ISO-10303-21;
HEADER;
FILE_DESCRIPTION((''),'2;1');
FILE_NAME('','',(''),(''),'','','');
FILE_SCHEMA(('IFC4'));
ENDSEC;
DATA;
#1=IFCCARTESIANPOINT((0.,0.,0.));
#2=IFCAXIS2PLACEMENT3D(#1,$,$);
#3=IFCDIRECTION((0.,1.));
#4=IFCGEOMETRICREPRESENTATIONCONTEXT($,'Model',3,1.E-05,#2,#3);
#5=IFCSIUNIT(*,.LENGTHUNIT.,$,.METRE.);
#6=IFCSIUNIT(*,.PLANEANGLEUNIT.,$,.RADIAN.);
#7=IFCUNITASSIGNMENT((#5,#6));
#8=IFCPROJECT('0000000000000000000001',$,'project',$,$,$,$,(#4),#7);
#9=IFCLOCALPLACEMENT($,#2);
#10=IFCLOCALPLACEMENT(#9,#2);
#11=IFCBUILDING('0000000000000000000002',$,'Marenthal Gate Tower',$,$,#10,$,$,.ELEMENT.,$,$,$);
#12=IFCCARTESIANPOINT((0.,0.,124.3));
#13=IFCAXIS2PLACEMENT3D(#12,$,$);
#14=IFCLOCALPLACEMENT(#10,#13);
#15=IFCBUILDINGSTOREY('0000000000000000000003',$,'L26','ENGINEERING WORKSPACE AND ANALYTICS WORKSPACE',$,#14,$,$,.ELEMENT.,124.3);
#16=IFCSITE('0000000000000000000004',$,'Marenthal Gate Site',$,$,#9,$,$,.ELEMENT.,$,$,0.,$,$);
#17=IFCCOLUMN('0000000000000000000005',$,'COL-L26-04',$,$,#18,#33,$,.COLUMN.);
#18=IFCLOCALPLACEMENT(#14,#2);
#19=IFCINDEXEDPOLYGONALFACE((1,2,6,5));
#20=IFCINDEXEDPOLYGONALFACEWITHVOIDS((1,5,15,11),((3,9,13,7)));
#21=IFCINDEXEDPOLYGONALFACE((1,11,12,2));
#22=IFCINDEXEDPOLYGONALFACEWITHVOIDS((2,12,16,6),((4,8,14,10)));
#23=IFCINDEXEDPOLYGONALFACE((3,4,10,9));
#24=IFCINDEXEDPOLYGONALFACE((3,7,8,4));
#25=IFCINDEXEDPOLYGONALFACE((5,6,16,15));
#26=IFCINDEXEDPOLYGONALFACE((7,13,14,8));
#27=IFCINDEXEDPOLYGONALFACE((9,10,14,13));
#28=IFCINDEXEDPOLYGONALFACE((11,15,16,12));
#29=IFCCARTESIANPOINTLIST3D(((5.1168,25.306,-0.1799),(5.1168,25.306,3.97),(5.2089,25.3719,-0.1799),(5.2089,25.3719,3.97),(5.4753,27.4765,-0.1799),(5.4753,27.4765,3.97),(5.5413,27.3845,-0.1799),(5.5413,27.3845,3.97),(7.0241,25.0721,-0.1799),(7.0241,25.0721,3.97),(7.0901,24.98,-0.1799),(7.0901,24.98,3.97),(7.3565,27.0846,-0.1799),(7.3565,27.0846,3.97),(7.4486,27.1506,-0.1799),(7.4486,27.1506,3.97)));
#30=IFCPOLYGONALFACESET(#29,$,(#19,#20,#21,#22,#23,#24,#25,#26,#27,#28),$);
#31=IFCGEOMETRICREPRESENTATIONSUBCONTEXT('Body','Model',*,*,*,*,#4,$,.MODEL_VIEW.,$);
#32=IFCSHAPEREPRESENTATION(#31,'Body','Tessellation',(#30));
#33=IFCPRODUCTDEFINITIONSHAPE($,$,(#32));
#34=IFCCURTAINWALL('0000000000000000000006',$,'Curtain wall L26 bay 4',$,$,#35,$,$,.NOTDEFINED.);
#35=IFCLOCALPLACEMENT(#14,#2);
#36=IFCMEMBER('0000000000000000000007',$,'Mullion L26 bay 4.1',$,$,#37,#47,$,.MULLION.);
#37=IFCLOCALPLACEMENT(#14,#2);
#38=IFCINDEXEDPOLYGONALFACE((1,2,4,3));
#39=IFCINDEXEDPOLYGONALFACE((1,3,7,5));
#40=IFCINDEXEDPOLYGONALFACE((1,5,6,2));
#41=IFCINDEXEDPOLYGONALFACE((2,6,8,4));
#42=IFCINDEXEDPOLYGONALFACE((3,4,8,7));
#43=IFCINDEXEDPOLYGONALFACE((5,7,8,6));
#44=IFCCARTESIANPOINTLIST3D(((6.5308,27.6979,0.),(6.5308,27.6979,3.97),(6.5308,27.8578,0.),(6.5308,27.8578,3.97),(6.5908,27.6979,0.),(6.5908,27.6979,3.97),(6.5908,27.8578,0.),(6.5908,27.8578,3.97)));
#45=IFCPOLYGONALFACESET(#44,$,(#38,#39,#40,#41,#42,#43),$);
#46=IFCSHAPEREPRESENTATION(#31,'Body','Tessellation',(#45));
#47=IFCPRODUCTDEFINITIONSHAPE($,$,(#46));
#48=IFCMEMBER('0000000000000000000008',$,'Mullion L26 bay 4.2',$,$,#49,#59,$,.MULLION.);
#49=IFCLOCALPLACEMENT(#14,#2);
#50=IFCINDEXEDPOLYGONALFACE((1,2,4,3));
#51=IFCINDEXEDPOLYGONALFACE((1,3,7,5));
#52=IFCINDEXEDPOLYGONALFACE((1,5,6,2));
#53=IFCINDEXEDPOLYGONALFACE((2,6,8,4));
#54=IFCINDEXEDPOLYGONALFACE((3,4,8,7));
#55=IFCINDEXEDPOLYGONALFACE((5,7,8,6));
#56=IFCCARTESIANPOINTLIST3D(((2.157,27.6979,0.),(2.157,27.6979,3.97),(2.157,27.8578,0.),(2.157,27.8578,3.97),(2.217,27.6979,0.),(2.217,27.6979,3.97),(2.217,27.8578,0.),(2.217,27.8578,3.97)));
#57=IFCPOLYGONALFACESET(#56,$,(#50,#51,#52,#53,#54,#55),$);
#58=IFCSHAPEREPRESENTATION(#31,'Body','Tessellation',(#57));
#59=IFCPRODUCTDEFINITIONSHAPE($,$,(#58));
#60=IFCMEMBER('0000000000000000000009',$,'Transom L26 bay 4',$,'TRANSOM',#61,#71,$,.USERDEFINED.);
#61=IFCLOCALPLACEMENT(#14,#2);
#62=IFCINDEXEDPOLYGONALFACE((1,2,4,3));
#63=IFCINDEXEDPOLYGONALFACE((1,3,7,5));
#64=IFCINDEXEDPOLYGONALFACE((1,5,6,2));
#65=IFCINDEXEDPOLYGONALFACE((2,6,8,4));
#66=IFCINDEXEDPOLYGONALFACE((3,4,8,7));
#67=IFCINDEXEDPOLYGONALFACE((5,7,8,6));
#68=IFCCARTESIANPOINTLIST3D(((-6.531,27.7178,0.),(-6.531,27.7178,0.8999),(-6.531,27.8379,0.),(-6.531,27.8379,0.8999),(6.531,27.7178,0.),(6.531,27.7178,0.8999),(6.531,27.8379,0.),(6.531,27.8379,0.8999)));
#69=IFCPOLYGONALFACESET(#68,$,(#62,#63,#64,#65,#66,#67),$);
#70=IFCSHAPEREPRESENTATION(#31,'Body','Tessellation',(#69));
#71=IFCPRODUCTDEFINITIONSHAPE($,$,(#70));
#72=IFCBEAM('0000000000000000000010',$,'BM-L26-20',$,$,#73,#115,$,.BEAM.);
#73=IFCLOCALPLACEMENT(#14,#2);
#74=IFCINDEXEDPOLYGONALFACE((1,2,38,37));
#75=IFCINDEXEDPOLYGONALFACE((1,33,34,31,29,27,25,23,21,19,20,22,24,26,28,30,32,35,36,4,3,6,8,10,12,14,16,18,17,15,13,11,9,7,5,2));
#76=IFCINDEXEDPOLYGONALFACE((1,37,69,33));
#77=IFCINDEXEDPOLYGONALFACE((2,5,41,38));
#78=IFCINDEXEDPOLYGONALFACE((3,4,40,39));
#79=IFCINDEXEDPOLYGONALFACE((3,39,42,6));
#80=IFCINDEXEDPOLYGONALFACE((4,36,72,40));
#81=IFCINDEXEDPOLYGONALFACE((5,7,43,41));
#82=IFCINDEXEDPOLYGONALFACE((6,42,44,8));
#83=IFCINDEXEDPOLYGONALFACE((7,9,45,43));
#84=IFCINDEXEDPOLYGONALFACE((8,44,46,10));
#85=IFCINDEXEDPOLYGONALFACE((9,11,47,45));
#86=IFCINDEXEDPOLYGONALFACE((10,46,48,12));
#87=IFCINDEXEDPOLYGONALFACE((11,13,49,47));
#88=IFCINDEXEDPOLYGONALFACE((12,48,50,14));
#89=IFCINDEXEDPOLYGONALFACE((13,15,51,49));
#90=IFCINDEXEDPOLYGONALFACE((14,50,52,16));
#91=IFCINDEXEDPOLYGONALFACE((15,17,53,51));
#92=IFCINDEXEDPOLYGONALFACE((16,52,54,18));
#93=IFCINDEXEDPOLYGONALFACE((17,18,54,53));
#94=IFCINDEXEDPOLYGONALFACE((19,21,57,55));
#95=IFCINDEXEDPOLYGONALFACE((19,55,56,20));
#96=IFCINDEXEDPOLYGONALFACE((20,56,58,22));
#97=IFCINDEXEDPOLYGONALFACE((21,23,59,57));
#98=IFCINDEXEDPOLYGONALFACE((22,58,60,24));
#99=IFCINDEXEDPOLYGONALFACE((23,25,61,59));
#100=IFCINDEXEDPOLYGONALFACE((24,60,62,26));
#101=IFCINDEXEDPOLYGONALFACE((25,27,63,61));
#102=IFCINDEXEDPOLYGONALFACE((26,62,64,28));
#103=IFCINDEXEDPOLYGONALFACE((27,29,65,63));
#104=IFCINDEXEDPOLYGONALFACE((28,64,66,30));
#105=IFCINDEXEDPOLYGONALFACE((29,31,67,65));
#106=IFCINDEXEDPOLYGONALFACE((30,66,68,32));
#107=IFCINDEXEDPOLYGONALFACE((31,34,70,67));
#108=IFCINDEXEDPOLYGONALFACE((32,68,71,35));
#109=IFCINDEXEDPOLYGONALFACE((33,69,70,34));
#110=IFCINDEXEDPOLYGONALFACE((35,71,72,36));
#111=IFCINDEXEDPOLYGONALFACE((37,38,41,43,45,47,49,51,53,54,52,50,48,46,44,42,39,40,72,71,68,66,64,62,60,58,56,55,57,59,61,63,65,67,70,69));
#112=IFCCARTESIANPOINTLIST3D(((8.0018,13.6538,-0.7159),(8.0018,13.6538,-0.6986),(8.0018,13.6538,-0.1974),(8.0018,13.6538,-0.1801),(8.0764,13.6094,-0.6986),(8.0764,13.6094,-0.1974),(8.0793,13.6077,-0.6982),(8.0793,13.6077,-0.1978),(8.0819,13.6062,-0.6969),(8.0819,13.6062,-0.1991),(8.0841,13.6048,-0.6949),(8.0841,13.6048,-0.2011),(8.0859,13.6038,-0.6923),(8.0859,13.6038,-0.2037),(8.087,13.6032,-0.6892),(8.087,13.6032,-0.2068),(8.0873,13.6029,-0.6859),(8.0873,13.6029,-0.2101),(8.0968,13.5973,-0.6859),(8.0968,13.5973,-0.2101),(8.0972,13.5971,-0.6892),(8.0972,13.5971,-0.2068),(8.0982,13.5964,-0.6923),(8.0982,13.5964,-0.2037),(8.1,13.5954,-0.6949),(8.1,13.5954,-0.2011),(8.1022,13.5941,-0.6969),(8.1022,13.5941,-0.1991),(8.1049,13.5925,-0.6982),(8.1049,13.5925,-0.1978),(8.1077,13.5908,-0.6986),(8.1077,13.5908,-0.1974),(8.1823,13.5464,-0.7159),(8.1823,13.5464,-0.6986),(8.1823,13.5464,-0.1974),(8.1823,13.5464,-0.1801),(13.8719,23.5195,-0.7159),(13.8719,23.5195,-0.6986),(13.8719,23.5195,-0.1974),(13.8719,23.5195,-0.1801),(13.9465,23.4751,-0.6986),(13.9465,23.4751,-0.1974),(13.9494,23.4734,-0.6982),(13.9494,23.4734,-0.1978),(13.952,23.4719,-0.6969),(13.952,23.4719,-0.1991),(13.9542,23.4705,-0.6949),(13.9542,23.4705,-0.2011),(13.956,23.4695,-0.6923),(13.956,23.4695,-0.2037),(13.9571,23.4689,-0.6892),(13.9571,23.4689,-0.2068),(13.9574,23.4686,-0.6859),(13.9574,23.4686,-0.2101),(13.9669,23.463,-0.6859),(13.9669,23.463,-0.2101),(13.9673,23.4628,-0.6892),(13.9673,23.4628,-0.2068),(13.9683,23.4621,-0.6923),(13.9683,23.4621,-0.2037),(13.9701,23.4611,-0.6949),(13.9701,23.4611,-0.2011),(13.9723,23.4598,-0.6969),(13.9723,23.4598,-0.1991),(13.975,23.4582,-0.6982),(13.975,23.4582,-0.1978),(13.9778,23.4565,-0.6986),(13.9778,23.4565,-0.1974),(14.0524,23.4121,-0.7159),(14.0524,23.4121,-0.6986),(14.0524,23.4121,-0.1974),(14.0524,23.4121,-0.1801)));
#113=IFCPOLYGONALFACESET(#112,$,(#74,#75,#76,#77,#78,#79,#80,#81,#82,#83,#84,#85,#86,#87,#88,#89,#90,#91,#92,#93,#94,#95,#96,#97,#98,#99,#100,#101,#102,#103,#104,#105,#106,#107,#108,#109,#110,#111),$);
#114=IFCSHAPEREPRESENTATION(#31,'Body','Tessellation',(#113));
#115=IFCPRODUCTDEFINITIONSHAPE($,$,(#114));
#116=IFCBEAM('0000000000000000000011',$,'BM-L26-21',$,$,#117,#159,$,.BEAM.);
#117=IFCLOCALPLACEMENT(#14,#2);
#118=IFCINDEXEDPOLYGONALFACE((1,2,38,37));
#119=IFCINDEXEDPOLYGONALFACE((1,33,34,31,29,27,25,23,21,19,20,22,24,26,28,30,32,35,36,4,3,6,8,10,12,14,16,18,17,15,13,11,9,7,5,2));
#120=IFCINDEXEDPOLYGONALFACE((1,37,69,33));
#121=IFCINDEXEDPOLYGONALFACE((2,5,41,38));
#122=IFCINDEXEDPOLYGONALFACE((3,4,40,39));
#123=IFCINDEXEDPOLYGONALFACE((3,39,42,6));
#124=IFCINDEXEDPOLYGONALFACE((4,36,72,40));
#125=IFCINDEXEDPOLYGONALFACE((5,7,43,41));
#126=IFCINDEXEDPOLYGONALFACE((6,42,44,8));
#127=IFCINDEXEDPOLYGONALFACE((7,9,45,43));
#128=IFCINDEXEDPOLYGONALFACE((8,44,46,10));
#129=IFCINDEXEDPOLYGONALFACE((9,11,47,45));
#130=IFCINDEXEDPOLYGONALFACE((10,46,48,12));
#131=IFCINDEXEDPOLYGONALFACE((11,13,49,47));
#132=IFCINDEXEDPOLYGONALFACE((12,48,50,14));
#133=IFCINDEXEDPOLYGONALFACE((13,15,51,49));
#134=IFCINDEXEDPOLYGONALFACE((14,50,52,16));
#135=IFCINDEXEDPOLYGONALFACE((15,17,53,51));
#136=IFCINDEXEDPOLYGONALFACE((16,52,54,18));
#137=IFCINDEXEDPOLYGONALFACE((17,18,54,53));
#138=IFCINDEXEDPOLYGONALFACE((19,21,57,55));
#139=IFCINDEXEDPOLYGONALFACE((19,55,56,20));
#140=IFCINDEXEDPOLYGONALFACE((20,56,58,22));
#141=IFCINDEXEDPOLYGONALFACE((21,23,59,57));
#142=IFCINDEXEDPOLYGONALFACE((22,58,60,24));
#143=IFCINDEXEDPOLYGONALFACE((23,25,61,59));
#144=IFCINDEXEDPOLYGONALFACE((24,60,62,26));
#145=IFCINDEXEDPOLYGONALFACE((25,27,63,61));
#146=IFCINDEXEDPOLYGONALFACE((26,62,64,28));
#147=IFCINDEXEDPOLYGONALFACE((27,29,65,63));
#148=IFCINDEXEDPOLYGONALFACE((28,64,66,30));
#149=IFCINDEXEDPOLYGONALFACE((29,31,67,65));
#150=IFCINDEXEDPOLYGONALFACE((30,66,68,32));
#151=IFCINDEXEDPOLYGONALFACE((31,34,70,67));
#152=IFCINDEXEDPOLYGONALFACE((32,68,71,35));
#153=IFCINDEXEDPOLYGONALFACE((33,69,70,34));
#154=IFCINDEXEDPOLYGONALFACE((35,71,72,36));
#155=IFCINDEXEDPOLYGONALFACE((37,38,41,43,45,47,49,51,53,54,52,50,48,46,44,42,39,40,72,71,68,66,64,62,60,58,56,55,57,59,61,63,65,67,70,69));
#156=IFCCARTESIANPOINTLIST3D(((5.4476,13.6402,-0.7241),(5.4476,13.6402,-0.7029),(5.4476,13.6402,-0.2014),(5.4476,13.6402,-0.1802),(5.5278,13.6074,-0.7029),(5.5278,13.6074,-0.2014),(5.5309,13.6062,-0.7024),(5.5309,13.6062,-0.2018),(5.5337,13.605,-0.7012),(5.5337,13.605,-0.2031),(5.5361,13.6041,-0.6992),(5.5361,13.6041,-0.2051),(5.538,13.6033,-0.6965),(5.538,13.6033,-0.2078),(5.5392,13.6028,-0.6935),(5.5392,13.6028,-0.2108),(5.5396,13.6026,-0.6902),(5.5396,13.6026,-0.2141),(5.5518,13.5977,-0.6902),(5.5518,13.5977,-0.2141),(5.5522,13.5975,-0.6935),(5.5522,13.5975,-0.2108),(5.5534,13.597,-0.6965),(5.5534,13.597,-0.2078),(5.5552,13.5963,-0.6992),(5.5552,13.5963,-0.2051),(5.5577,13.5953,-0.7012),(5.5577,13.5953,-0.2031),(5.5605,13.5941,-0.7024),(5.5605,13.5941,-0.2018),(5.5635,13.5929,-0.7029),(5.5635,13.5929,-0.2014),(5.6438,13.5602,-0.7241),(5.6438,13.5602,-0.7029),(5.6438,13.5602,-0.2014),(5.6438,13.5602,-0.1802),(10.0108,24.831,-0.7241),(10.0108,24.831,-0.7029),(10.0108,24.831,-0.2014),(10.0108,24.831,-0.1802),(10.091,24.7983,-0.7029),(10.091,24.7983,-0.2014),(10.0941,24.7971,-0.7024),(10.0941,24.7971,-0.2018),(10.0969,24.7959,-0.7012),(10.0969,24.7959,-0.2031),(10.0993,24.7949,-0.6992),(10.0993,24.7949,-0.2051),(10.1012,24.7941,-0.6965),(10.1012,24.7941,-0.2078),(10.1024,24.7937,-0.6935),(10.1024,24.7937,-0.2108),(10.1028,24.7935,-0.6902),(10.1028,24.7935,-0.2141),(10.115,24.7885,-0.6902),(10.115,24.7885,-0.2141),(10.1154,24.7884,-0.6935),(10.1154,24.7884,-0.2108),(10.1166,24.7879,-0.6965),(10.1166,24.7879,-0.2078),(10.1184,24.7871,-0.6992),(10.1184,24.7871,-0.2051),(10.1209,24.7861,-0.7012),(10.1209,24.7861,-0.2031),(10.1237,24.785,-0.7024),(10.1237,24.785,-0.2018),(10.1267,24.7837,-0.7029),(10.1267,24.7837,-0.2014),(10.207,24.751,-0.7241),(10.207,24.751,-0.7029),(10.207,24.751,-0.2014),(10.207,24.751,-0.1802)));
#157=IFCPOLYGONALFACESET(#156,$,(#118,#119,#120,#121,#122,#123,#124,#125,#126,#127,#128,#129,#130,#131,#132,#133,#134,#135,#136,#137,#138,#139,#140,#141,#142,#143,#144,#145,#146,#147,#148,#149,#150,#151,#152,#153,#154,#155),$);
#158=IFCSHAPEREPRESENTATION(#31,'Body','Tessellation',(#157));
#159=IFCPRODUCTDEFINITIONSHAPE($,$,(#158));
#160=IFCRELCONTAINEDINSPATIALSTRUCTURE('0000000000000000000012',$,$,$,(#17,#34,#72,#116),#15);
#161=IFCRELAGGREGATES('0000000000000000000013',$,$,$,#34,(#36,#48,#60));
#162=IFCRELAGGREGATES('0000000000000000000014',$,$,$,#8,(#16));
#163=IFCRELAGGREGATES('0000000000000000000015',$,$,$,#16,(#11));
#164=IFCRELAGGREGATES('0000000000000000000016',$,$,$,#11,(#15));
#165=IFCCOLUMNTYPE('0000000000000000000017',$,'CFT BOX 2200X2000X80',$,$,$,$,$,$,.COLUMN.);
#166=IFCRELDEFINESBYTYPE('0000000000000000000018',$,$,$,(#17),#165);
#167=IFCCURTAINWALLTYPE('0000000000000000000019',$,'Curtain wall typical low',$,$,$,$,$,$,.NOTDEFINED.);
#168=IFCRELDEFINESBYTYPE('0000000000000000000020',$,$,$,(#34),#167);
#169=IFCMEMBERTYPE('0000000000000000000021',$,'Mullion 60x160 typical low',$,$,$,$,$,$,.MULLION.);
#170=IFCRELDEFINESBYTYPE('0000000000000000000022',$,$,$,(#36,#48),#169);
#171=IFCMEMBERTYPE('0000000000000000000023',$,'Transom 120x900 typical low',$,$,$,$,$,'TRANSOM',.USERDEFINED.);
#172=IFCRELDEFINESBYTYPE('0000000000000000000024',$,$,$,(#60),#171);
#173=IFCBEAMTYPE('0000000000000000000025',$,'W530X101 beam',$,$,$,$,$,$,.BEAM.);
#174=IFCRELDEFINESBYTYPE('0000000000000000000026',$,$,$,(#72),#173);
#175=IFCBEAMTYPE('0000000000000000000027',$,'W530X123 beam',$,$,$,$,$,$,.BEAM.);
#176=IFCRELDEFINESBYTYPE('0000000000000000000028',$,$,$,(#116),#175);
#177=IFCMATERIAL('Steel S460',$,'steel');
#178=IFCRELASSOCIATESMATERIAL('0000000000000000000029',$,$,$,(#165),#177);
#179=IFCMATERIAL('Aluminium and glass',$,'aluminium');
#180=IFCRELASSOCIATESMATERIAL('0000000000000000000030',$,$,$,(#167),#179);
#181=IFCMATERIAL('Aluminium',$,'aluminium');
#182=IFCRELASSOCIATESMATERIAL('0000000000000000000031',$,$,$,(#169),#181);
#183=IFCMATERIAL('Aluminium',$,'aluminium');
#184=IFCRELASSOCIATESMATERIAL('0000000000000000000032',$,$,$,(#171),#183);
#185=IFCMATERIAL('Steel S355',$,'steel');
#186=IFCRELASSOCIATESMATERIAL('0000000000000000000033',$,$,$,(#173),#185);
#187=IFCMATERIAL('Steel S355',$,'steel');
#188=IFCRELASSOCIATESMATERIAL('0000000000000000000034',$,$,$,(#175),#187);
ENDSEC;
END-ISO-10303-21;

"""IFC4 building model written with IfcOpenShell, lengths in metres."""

from ifc_helpers import new_model, si_unit, direction, frame, origin, origin_2d, place, context, subcontext, project, spatial, rectangle, hollow_rectangle, i_section, extrude, material, material_profile, profile_set, type_object, element, aggregate, save


model = new_model("IFC4")

# Units and contexts
model_context = context("Model", 3, precision=1e-05, world=origin(), true_north=direction((0.0, 1.0)))
body_context = subcontext(model_context, "Body", "Model", "MODEL_VIEW")
ifc_project = project(units=[si_unit("LENGTHUNIT", "METRE"), si_unit("PLANEANGLEUNIT", "RADIAN")], contexts=[model_context])

# Site, building, storey
site_placement = place(None, origin())
site = spatial("IfcSite", under=ifc_project, at=site_placement, Name="Marenthal Gate Site", CompositionType="ELEMENT", RefElevation=0.0)
building_placement = place(site_placement, origin())
building = spatial("IfcBuilding", under=site, at=building_placement, Name="Marenthal Gate Tower", CompositionType="ELEMENT")
storey_placement = place(building_placement, frame((0.0, 0.0, 124.3)))
storey = spatial("IfcBuildingStorey", under=building, at=storey_placement, Name="L26", Description="ENGINEERING WORKSPACE AND ANALYTICS WORKSPACE", CompositionType="ELEMENT", Elevation=124.3)

# Column
ifc_material_1 = material(Name="Steel S460", Category="steel")
ifc_material_profile_1 = material_profile(ifc_material_1, hollow_rectangle(XDim=2.0, YDim=2.2, WallThickness=0.0801, at=origin_2d()), Name="CFT BOX 2200X2000X80")
ifc_material_2 = material(Name="Concrete 70 MPa", Category="concrete")
ifc_material_profile_2 = material_profile(ifc_material_2, rectangle(XDim=1.8401, YDim=2.04, at=origin_2d()), Name="CFT BOX 2200X2000X80 INFILL")
ifc_profile_set_1 = profile_set([ifc_material_profile_1, ifc_material_profile_2], Name="Steel S460 shell, Concrete 70 MPa infill")
column_type = type_object("IfcColumnType", Name="CFT BOX 2200X2000X80", PredefinedType="COLUMN", material=ifc_profile_set_1)
column_placement = place(storey_placement, frame((6.2827, 26.2283, -0.1799), z_axis=(0.0, 0.0, 1.0), x_axis=(0.986631, -0.162968, 0.0)))
element("IfcColumn", 1, at=column_placement, inside=storey, type_object=column_type, Name="COL-L26-04", PredefinedType="COLUMN", context=body_context, shape_type="SweptSolid", body=[
    extrude(hollow_rectangle(XDim=2.0, YDim=2.2, WallThickness=0.0801, at=origin_2d()), origin(), (0.0, 0.0, 1.0), 4.1499),
])

# Curtain wall, members
ifc_material_3 = material(Name="Aluminium and glass", Category="aluminium")
curtain_wall_type = type_object("IfcCurtainWallType", Name="Curtain wall typical low", PredefinedType="NOTDEFINED", material=ifc_material_3)
curtain_wall_placement = place(storey_placement, origin())
curtain_wall = element("IfcCurtainWall", 2, at=curtain_wall_placement, inside=storey, type_object=curtain_wall_type, Name="Curtain wall L26 bay 4", PredefinedType="NOTDEFINED")
ifc_material_4 = material(Name="Aluminium", Category="aluminium")
ifc_material_profile_3 = material_profile(ifc_material_4, rectangle(XDim=0.1599, YDim=0.0601, at=origin_2d()), Name="60x160 aluminium mullion")
ifc_profile_set_2 = profile_set([ifc_material_profile_3], Name="Aluminium")
member_type_1 = type_object("IfcMemberType", Name="Mullion 60x160 typical low", PredefinedType="MULLION", material=ifc_profile_set_2)
member_1_placement = place(storey_placement, frame((6.5608, 27.7778, 0.0), z_axis=(0.0, 0.0, 1.0), x_axis=(0.0, -1.0, 0.0)))
member_1 = element("IfcMember", 3, at=member_1_placement, type_object=member_type_1, Name="Mullion L26 bay 4.1", PredefinedType="MULLION", context=body_context, shape_type="SweptSolid", body=[
    extrude(rectangle(XDim=0.1599, YDim=0.0601, at=origin_2d()), origin(), (0.0, 0.0, 1.0), 3.97),
])
member_2_placement = place(storey_placement, frame((2.187, 27.7778, 0.0), z_axis=(0.0, 0.0, 1.0), x_axis=(0.0, -1.0, 0.0)))
member_2 = element("IfcMember", 4, at=member_2_placement, type_object=member_type_1, Name="Mullion L26 bay 4.2", PredefinedType="MULLION", context=body_context, shape_type="SweptSolid", body=[
    extrude(rectangle(XDim=0.1599, YDim=0.0601, at=origin_2d()), origin(), (0.0, 0.0, 1.0), 3.97),
])
ifc_material_5 = material(Name="Aluminium", Category="aluminium")
ifc_material_profile_4 = material_profile(ifc_material_5, rectangle(XDim=0.1201, YDim=0.8999, at=origin_2d()), Name="120x900 aluminium transom")
ifc_profile_set_3 = profile_set([ifc_material_profile_4], Name="Aluminium")
member_type_2 = type_object("IfcMemberType", Name="Transom 120x900 typical low", ElementType="TRANSOM", PredefinedType="USERDEFINED", material=ifc_profile_set_3)
member_3_placement = place(storey_placement, frame((6.531, 27.7778, 0.45), z_axis=(-1.0, 0.0, 0.0), x_axis=(0.0, -1.0, 0.0)))
member_3 = element("IfcMember", 5, at=member_3_placement, type_object=member_type_2, Name="Transom L26 bay 4", ObjectType="TRANSOM", PredefinedType="USERDEFINED", context=body_context, shape_type="SweptSolid", body=[
    extrude(rectangle(XDim=0.1201, YDim=0.8999, at=origin_2d()), origin(), (0.0, 0.0, 1.0), 13.062),
])

# Beams
ifc_material_6 = material(Name="Steel S355", Category="steel")
ifc_material_profile_5 = material_profile(ifc_material_6, i_section(OverallWidth=0.21, OverallDepth=0.5359, WebThickness=0.011, FlangeThickness=0.0173, FilletRadius=0.0127, at=origin_2d()), Name="W530X101")
ifc_profile_set_4 = profile_set([ifc_material_profile_5], Name="Steel S355")
beam_type_1 = type_object("IfcBeamType", Name="W530X101 beam", PredefinedType="BEAM", material=ifc_profile_set_4)
beam_1_placement = place(storey_placement, frame((13.9622, 23.4658, -0.448), z_axis=(-0.511334, -0.859382, 0.0), x_axis=(0.859382, -0.511334, 0.0)))
element("IfcBeam", 6, at=beam_1_placement, inside=storey, type_object=beam_type_1, Name="BM-L26-20", PredefinedType="BEAM", context=body_context, shape_type="SweptSolid", body=[
    extrude(i_section(OverallWidth=0.21, OverallDepth=0.5359, WebThickness=0.011, FlangeThickness=0.0173, FilletRadius=0.0127, at=origin_2d()), origin(), (0.0, 0.0, 1.0), 11.48),
])
ifc_material_7 = material(Name="Steel S355", Category="steel")
ifc_material_profile_6 = material_profile(ifc_material_7, i_section(OverallWidth=0.2119, OverallDepth=0.5439, WebThickness=0.0132, FlangeThickness=0.0212, FilletRadius=0.0127, at=origin_2d()), Name="W530X123")
ifc_profile_set_5 = profile_set([ifc_material_profile_6], Name="Steel S355")
beam_type_2 = type_object("IfcBeamType", Name="W530X123 beam", PredefinedType="BEAM", material=ifc_profile_set_5)
beam_2_placement = place(storey_placement, frame((10.1089, 24.791, -0.4521), z_axis=(-0.377579, -0.925978, 0.0), x_axis=(0.925978, -0.377579, 0.0)))
element("IfcBeam", 7, at=beam_2_placement, inside=storey, type_object=beam_type_2, Name="BM-L26-21", PredefinedType="BEAM", context=body_context, shape_type="SweptSolid", body=[
    extrude(i_section(OverallWidth=0.2119, OverallDepth=0.5439, WebThickness=0.0132, FlangeThickness=0.0212, FilletRadius=0.0127, at=origin_2d()), origin(), (0.0, 0.0, 1.0), 12.0854),
])

aggregate(curtain_wall, [member_1, member_2, member_3])

save(model, "model.ifc")
